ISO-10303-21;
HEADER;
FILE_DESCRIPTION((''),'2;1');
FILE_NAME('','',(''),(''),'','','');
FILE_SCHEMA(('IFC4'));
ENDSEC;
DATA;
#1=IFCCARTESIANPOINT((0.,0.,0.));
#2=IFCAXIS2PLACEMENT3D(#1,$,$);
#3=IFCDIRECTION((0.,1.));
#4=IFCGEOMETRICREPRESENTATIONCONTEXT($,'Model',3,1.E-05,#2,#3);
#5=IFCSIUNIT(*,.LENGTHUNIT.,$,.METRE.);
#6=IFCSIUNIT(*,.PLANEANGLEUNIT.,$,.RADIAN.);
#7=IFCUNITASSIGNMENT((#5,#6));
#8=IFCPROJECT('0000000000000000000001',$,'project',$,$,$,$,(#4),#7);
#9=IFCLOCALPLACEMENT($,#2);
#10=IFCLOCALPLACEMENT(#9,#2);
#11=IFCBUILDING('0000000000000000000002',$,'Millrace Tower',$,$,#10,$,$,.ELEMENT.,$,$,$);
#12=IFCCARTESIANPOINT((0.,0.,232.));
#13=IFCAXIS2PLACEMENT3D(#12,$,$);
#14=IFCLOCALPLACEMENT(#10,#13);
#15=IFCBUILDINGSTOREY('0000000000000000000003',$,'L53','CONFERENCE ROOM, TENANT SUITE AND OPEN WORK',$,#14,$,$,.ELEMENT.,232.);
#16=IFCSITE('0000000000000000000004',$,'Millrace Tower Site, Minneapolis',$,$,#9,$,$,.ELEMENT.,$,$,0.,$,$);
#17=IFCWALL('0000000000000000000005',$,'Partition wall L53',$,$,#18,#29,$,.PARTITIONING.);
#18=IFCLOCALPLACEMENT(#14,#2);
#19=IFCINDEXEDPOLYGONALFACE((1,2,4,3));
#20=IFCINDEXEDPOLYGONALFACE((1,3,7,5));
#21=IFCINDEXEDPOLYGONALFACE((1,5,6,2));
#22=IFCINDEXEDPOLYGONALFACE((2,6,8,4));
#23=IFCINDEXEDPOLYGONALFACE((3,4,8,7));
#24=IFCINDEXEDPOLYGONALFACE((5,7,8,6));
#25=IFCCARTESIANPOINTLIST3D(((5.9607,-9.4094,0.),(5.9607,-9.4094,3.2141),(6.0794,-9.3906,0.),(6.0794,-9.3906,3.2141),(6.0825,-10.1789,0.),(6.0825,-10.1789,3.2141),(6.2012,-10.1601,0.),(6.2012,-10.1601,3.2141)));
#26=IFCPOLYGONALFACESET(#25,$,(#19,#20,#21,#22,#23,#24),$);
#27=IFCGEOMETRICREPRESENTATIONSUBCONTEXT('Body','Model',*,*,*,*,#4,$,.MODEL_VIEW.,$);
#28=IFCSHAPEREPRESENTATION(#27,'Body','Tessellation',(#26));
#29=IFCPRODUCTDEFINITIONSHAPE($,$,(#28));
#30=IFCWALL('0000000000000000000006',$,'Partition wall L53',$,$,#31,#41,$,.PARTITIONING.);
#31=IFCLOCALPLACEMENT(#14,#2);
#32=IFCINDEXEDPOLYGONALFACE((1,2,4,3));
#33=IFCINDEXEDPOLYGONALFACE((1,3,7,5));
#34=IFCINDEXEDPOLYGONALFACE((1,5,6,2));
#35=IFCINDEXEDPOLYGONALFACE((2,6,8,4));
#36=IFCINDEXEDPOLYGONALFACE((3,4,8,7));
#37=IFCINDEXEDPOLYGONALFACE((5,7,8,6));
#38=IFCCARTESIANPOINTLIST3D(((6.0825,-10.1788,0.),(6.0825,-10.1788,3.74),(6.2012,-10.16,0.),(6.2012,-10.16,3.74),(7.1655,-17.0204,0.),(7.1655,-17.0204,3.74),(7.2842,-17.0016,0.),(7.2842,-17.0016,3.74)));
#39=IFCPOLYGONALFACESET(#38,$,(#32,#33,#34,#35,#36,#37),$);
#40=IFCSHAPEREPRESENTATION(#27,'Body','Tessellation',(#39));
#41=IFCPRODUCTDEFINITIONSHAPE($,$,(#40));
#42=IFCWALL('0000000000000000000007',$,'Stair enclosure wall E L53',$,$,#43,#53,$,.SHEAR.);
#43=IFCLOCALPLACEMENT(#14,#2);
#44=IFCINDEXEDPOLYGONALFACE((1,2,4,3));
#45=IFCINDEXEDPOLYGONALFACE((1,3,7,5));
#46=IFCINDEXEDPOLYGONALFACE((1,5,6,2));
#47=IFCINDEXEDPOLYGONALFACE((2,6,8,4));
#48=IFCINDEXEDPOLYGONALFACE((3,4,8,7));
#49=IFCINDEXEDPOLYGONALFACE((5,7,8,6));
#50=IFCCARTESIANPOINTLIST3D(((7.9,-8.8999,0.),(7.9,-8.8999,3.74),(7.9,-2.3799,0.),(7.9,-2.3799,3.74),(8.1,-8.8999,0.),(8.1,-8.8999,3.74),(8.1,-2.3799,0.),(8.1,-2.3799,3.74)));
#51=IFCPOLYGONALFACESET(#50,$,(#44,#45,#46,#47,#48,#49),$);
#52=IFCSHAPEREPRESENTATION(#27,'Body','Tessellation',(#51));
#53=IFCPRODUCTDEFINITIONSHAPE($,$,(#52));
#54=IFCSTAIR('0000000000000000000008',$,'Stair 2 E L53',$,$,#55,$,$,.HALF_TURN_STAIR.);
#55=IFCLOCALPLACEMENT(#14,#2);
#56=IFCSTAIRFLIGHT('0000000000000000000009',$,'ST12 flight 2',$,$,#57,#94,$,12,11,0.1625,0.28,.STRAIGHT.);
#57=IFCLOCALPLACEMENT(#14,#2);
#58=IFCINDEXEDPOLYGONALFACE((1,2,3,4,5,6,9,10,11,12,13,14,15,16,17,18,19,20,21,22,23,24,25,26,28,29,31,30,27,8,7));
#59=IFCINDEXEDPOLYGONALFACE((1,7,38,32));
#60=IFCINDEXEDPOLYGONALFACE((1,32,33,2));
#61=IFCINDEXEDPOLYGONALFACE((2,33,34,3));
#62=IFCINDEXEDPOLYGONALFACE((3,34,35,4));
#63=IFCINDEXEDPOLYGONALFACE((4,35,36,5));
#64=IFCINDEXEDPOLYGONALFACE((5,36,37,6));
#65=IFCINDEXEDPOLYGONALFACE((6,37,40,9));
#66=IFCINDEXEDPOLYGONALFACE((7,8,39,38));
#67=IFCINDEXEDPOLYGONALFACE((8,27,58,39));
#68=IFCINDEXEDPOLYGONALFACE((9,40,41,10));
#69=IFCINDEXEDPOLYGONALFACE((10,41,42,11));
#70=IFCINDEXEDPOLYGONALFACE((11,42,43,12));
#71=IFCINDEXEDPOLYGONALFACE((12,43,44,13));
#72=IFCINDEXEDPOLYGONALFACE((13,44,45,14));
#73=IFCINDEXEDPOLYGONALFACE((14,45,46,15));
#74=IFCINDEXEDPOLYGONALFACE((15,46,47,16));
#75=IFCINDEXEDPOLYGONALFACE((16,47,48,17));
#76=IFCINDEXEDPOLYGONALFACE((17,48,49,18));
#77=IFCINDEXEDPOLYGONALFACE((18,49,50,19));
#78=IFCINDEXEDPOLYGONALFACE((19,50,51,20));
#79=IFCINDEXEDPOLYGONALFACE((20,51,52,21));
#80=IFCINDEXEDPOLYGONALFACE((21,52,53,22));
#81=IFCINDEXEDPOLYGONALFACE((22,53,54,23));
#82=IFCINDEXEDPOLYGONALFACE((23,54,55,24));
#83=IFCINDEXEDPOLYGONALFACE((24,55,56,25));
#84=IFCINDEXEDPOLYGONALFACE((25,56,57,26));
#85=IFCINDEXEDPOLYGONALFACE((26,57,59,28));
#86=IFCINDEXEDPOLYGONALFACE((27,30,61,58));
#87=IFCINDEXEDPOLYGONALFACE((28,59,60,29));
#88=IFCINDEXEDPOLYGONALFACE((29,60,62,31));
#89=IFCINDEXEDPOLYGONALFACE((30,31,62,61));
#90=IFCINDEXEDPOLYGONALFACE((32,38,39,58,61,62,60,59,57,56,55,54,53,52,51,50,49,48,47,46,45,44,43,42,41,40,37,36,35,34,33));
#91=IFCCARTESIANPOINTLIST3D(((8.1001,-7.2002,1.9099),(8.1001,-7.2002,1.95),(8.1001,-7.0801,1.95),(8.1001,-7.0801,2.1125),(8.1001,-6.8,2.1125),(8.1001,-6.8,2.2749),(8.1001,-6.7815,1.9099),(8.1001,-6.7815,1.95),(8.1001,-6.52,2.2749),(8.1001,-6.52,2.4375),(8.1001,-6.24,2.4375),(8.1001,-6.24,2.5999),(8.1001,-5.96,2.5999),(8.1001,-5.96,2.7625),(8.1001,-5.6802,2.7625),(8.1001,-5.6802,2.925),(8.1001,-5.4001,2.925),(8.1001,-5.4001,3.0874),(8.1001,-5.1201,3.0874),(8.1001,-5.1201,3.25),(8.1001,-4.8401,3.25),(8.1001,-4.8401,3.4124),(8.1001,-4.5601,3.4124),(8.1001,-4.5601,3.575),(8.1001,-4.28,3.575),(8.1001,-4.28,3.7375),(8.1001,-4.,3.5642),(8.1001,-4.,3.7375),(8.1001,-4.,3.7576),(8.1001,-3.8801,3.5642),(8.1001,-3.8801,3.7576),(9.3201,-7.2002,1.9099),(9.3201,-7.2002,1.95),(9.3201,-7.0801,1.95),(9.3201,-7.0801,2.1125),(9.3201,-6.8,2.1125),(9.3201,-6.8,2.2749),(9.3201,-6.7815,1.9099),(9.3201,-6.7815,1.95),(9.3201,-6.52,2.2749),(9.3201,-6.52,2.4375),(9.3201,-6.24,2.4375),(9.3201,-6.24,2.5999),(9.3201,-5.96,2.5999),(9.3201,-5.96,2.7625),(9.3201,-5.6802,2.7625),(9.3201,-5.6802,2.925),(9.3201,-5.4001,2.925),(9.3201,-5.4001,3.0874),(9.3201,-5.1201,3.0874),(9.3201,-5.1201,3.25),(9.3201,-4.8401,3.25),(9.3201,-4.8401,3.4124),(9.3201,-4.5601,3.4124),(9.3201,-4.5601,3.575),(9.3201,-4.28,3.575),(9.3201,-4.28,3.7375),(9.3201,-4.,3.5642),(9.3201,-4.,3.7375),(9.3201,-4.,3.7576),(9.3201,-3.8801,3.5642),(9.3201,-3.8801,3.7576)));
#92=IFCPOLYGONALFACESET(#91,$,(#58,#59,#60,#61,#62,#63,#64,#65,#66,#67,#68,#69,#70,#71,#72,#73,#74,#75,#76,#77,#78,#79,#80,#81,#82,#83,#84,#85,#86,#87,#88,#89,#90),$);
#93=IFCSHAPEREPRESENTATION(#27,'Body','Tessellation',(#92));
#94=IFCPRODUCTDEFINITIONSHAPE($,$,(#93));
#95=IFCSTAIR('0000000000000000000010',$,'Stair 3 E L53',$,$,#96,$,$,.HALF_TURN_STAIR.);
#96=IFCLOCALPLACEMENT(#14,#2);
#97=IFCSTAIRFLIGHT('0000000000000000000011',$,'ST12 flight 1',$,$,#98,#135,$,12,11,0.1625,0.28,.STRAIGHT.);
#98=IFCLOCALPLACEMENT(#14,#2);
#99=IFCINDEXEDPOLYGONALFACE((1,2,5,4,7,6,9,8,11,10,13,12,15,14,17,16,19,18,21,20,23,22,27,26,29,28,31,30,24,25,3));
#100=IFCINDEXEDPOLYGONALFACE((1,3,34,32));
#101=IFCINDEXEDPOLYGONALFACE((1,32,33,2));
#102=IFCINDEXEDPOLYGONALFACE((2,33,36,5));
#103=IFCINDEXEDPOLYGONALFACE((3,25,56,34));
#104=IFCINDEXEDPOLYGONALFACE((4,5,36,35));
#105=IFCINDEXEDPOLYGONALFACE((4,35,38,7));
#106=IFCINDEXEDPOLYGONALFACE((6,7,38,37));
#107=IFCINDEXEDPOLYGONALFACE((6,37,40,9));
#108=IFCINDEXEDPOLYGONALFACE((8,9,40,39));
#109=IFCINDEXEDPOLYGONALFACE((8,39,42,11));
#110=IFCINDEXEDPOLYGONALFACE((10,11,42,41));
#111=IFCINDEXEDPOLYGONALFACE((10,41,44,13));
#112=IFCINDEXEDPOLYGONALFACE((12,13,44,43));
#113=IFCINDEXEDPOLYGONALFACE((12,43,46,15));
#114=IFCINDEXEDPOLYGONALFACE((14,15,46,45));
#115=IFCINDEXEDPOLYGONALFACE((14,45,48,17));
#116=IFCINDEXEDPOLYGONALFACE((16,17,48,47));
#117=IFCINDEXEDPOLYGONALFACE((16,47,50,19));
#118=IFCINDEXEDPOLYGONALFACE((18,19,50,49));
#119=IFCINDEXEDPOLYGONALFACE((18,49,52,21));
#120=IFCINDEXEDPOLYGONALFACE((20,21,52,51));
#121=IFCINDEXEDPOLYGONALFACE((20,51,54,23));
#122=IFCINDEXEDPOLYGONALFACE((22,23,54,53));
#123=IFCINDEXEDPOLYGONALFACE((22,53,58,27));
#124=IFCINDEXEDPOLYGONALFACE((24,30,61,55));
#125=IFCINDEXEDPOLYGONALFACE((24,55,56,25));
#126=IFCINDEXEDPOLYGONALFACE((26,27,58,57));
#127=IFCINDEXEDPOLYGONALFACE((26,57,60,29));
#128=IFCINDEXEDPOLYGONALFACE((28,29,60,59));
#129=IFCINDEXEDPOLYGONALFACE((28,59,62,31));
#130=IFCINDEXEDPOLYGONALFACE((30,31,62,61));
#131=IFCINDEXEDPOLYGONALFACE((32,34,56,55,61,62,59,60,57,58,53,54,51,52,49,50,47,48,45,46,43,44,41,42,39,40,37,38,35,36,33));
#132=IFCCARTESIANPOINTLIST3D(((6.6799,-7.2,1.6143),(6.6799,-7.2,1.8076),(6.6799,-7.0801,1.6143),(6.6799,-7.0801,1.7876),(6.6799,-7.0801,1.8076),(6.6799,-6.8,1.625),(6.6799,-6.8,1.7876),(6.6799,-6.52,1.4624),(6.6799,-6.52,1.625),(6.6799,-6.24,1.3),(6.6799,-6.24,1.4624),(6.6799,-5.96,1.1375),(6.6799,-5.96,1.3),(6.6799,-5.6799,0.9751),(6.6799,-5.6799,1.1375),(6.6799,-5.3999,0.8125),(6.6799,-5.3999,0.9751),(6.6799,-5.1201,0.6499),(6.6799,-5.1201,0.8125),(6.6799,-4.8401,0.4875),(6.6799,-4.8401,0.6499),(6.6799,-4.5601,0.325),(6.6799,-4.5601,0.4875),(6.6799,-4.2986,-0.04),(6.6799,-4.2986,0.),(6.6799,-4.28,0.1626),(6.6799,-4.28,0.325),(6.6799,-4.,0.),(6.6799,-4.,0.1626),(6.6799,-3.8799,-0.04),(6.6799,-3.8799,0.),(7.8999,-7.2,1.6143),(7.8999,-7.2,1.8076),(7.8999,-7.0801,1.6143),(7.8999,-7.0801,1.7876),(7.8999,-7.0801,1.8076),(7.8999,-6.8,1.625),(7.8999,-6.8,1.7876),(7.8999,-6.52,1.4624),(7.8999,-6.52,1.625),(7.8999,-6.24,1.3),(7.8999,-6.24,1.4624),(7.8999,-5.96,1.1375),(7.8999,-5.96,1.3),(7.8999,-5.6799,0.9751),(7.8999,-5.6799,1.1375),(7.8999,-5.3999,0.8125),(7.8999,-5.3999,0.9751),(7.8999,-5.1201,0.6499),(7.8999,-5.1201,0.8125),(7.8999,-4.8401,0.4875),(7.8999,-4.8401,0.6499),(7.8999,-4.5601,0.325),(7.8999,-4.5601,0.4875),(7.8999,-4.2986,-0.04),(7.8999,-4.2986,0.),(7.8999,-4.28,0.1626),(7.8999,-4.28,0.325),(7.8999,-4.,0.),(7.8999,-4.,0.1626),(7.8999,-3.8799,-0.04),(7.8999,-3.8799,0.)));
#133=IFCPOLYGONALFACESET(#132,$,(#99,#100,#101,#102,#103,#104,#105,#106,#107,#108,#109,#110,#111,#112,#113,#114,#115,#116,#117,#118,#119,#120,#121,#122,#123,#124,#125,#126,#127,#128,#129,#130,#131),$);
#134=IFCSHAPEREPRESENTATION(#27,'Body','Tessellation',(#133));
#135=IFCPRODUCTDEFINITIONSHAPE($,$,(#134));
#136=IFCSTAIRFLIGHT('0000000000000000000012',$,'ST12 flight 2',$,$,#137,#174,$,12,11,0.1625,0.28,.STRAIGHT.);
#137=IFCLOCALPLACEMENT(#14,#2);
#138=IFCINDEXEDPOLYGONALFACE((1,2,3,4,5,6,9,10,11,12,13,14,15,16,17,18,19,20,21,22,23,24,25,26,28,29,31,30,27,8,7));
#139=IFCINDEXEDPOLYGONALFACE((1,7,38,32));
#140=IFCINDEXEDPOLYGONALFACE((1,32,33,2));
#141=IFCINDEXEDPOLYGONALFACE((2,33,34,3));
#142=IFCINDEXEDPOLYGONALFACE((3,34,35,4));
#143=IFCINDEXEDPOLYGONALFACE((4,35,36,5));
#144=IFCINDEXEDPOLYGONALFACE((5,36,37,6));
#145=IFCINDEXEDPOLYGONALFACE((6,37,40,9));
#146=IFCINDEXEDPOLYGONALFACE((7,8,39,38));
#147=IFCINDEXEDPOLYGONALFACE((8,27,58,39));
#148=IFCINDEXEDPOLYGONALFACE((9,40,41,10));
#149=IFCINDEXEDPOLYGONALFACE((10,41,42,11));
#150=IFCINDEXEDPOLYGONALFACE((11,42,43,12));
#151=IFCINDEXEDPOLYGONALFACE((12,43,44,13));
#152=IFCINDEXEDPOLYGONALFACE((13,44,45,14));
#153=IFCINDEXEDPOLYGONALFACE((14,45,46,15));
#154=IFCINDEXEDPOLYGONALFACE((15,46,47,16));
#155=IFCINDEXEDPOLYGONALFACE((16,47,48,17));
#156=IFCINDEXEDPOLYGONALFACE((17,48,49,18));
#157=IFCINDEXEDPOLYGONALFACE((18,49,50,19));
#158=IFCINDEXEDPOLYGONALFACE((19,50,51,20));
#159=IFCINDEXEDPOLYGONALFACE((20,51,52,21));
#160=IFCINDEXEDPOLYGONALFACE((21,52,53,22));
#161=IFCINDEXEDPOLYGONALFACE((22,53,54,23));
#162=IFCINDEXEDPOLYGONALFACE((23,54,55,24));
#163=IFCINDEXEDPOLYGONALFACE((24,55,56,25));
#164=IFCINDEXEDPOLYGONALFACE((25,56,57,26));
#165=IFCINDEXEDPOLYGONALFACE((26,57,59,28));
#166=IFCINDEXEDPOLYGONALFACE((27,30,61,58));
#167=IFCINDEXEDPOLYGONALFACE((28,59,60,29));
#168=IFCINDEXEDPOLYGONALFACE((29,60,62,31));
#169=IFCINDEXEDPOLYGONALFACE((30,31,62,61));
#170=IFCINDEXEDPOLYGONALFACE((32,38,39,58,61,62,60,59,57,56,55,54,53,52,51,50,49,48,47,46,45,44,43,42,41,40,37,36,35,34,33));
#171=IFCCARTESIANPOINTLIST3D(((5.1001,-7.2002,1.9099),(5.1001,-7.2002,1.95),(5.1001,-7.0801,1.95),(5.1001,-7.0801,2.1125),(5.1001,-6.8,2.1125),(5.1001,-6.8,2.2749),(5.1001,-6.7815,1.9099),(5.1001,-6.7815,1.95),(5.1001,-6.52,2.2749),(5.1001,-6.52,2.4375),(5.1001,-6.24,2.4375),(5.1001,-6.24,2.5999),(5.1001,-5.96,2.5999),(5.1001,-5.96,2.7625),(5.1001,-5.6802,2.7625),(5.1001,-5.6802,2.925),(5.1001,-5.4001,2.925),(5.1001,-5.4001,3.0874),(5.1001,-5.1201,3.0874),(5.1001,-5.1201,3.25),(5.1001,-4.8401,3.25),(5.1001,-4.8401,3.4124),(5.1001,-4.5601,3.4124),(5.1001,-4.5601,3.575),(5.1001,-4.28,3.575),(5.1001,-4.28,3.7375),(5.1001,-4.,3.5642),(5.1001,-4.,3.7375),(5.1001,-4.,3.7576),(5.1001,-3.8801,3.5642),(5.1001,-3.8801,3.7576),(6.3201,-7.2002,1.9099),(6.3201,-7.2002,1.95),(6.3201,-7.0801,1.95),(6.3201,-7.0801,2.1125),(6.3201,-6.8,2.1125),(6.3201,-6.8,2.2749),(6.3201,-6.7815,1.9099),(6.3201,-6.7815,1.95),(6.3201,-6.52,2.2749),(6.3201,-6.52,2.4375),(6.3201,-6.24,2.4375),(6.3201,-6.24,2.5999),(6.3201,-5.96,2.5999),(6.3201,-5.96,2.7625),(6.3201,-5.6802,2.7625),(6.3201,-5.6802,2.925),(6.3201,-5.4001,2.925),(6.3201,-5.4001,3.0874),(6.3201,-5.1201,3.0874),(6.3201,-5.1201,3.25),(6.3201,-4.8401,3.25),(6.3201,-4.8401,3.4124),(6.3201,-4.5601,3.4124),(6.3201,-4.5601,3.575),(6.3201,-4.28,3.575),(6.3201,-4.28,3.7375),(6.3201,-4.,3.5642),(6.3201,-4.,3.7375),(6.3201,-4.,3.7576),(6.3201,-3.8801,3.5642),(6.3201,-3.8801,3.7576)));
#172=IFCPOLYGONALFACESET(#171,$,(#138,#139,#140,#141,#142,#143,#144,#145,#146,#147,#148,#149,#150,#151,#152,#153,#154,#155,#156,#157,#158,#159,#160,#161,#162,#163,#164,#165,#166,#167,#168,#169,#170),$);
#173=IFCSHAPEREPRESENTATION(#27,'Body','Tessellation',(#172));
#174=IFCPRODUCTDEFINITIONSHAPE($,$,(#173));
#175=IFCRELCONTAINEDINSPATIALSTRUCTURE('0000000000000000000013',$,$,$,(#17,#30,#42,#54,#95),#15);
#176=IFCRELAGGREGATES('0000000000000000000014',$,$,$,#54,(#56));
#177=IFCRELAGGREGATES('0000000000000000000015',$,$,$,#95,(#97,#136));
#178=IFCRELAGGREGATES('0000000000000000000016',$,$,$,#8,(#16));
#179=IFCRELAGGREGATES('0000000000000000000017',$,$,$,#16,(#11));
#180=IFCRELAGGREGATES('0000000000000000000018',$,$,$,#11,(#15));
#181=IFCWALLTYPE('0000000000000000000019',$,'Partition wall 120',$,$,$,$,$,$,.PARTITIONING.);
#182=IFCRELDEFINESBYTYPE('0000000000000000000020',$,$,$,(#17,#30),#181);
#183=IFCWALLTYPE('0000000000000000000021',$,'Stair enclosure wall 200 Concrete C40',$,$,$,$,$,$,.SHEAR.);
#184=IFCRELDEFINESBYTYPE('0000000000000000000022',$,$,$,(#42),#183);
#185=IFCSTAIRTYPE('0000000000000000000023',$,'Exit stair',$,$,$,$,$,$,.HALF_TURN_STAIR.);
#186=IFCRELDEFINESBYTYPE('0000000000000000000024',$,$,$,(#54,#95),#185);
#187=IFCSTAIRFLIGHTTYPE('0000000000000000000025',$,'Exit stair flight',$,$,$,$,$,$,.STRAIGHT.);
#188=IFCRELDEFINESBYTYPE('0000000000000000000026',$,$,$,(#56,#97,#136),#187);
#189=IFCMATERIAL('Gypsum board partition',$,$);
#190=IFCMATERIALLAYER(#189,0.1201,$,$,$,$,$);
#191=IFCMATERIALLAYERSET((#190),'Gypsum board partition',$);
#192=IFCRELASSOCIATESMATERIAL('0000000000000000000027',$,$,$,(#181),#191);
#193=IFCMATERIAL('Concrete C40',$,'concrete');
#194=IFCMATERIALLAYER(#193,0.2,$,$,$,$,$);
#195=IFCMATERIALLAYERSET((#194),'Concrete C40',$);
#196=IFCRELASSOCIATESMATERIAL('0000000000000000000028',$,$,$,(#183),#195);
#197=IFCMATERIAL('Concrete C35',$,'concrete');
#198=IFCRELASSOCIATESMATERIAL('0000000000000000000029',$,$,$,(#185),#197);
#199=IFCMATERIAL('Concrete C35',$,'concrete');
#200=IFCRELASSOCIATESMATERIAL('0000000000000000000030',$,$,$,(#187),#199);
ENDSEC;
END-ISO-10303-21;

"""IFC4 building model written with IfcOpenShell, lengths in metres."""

from ifc_helpers import new_model, si_unit, direction, frame, frame_2d, origin, place, context, subcontext, project, spatial, polyline, rectangle, outline, extrude, material, layer, layer_set, type_object, element, aggregate, save


model = new_model("IFC4")

# Units and contexts
model_context = context("Model", 3, precision=1e-05, world=origin(), true_north=direction((0.0, 1.0)))
body_context = subcontext(model_context, "Body", "Model", "MODEL_VIEW")
ifc_project = project(units=[si_unit("LENGTHUNIT", "METRE"), si_unit("PLANEANGLEUNIT", "RADIAN")], contexts=[model_context])

# Site, building, storey
site_placement = place(None, origin())
site = spatial("IfcSite", under=ifc_project, at=site_placement, Name="Millrace Tower Site, Minneapolis", CompositionType="ELEMENT", RefElevation=0.0)
building_placement = place(site_placement, origin())
building = spatial("IfcBuilding", under=site, at=building_placement, Name="Millrace Tower", CompositionType="ELEMENT")
storey_placement = place(building_placement, frame((0.0, 0.0, 232.0)))
storey = spatial("IfcBuildingStorey", under=building, at=storey_placement, Name="L53", Description="CONFERENCE ROOM, TENANT SUITE AND OPEN WORK", CompositionType="ELEMENT", Elevation=232.0)

# Shared definitions
placement_1 = place(storey_placement, origin())

# Walls
ifc_material_1 = material(Name="Gypsum board partition")
ifc_layer_1 = layer(ifc_material_1, 0.1201)
ifc_layer_set_1 = layer_set([ifc_layer_1], Name="Gypsum board partition")
wall_type_1 = type_object("IfcWallType", Name="Partition wall 120", PredefinedType="PARTITIONING", material=ifc_layer_set_1)
wall_1_placement = place(storey_placement, frame((6.02, -9.3999, 0.0), z_axis=(0.0, 0.0, 1.0), x_axis=(0.156365, -0.987699, 0.0)))
element("IfcWall", 1, at=wall_1_placement, inside=storey, type_object=wall_type_1, Name="Partition wall L53", PredefinedType="PARTITIONING", context=body_context, shape_type="SweptSolid", body=[
    extrude(rectangle(XDim=0.7791, YDim=0.1201, at=frame_2d((0.3896, 0.0))), origin(), (0.0, 0.0, 1.0), 3.2141),
])
wall_2_placement = place(storey_placement, frame((6.1418, -10.1694, 0.0), z_axis=(0.0, 0.0, 1.0), x_axis=(0.156352, -0.987701, 0.0)))
element("IfcWall", 2, at=wall_2_placement, inside=storey, type_object=wall_type_1, Name="Partition wall L53", PredefinedType="PARTITIONING", context=body_context, shape_type="SweptSolid", body=[
    extrude(rectangle(XDim=6.9268, YDim=0.1201, at=frame_2d((3.4634, 0.0))), origin(), (0.0, 0.0, 1.0), 3.74),
])
ifc_material_2 = material(Name="Concrete C40", Category="concrete")
ifc_layer_2 = layer(ifc_material_2, 0.2)
ifc_layer_set_2 = layer_set([ifc_layer_2], Name="Concrete C40")
wall_type_2 = type_object("IfcWallType", Name="Stair enclosure wall 200 Concrete C40", PredefinedType="SHEAR", material=ifc_layer_set_2)
wall_3_placement = place(storey_placement, frame((8.0, -2.3799, 0.0), z_axis=(0.0, 0.0, 1.0), x_axis=(0.0, -1.0, 0.0)))
element("IfcWall", 3, at=wall_3_placement, inside=storey, type_object=wall_type_2, Name="Stair enclosure wall E L53", PredefinedType="SHEAR", context=body_context, shape_type="SweptSolid", body=[
    extrude(rectangle(XDim=6.52, YDim=0.2, at=frame_2d((3.26, 0.0))), origin(), (0.0, 0.0, 1.0), 3.74),
])

# Stair, stair flight
ifc_material_3 = material(Name="Concrete C35", Category="concrete")
stair_type = type_object("IfcStairType", Name="Exit stair", PredefinedType="HALF_TURN_STAIR", material=ifc_material_3)
stair_1 = element("IfcStair", 4, at=placement_1, inside=storey, type_object=stair_type, Name="Stair 2 E L53", PredefinedType="HALF_TURN_STAIR")
ifc_material_4 = material(Name="Concrete C35", Category="concrete")
stair_flight_type = type_object("IfcStairFlightType", Name="Exit stair flight", PredefinedType="STRAIGHT", material=ifc_material_4)
stair_flight_1_placement = place(storey_placement, frame((8.71, -7.0801, 1.95), z_axis=(0.0, 0.0, 1.0), x_axis=(0.0, 1.0, 0.0)))
stair_flight_1 = element("IfcStairFlight", 5, at=stair_flight_1_placement, type_object=stair_flight_type, Name="ST12 flight 2", NumberOfRisers=12, NumberOfTreads=11, PredefinedType="STRAIGHT", RiserHeight=0.1625, TreadLength=0.28, context=body_context, shape_type="SweptSolid", body=[
    extrude(outline(polyline([(-0.1201, -0.04), (-0.1201, 0.0), (0.0, 0.0), (0.0, 0.1626), (0.28, 0.1626), (0.28, 0.325), (0.5601, 0.325), (0.5601, 0.4875), (0.8401, 0.4875), (0.8401, 0.6499), (1.1201, 0.6499), (1.1201, 0.8125), (1.3999, 0.8125), (1.3999, 0.9751), (1.6799, 0.9751), (1.6799, 1.1375), (1.96, 1.1375), (1.96, 1.3), (2.24, 1.3), (2.24, 1.4624), (2.52, 1.4624), (2.52, 1.625), (2.8, 1.625), (2.8, 1.7876), (3.0801, 1.7876), (3.0801, 1.8076), (3.2, 1.8076), (3.2, 1.6143), (3.0801, 1.6143), (0.2986, 0.0), (0.2986, -0.04), (-0.1201, -0.04)])), frame((0.0, 0.6099, 0.0), z_axis=(0.0, -1.0, 0.0), x_axis=(1.0, 0.0, 0.0)), (0.0, 0.0, 1.0), 1.22),
])
aggregate(stair_1, [stair_flight_1])

# Stair, stair flights
stair_2 = element("IfcStair", 6, at=placement_1, inside=storey, type_object=stair_type, Name="Stair 3 E L53", PredefinedType="HALF_TURN_STAIR")
stair_flight_2_placement = place(storey_placement, frame((7.29, -4.0, 0.0), z_axis=(0.0, 0.0, 1.0), x_axis=(0.0, -1.0, 0.0)))
stair_flight_2 = element("IfcStairFlight", 7, at=stair_flight_2_placement, type_object=stair_flight_type, Name="ST12 flight 1", NumberOfRisers=12, NumberOfTreads=11, PredefinedType="STRAIGHT", RiserHeight=0.1625, TreadLength=0.28, context=body_context, shape_type="SweptSolid", body=[
    extrude(outline(polyline([(-0.1201, -0.04), (-0.1201, 0.0), (0.0, 0.0), (0.0, 0.1626), (0.28, 0.1626), (0.28, 0.325), (0.5601, 0.325), (0.5601, 0.4875), (0.8401, 0.4875), (0.8401, 0.6499), (1.1201, 0.6499), (1.1201, 0.8125), (1.3999, 0.8125), (1.3999, 0.9751), (1.6799, 0.9751), (1.6799, 1.1375), (1.96, 1.1375), (1.96, 1.3), (2.24, 1.3), (2.24, 1.4624), (2.52, 1.4624), (2.52, 1.625), (2.8, 1.625), (2.8, 1.7876), (3.0801, 1.7876), (3.0801, 1.8076), (3.2, 1.8076), (3.2, 1.6143), (3.0801, 1.6143), (0.2986, 0.0), (0.2986, -0.04), (-0.1201, -0.04)])), frame((0.0, 0.6099, 0.0), z_axis=(0.0, -1.0, 0.0), x_axis=(1.0, 0.0, 0.0)), (0.0, 0.0, 1.0), 1.22),
])
stair_flight_3_placement = place(storey_placement, frame((5.71, -7.0801, 1.95), z_axis=(0.0, 0.0, 1.0), x_axis=(0.0, 1.0, 0.0)))
stair_flight_3 = element("IfcStairFlight", 8, at=stair_flight_3_placement, type_object=stair_flight_type, Name="ST12 flight 2", NumberOfRisers=12, NumberOfTreads=11, PredefinedType="STRAIGHT", RiserHeight=0.1625, TreadLength=0.28, context=body_context, shape_type="SweptSolid", body=[
    extrude(outline(polyline([(-0.1201, -0.04), (-0.1201, 0.0), (0.0, 0.0), (0.0, 0.1626), (0.28, 0.1626), (0.28, 0.325), (0.5601, 0.325), (0.5601, 0.4875), (0.8401, 0.4875), (0.8401, 0.6499), (1.1201, 0.6499), (1.1201, 0.8125), (1.3999, 0.8125), (1.3999, 0.9751), (1.6799, 0.9751), (1.6799, 1.1375), (1.96, 1.1375), (1.96, 1.3), (2.24, 1.3), (2.24, 1.4624), (2.52, 1.4624), (2.52, 1.625), (2.8, 1.625), (2.8, 1.7876), (3.0801, 1.7876), (3.0801, 1.8076), (3.2, 1.8076), (3.2, 1.6143), (3.0801, 1.6143), (0.2986, 0.0), (0.2986, -0.04), (-0.1201, -0.04)])), frame((0.0, 0.6099, 0.0), z_axis=(0.0, -1.0, 0.0), x_axis=(1.0, 0.0, 0.0)), (0.0, 0.0, 1.0), 1.22),
])
aggregate(stair_2, [stair_flight_2, stair_flight_3])

save(model, "model.ifc")
